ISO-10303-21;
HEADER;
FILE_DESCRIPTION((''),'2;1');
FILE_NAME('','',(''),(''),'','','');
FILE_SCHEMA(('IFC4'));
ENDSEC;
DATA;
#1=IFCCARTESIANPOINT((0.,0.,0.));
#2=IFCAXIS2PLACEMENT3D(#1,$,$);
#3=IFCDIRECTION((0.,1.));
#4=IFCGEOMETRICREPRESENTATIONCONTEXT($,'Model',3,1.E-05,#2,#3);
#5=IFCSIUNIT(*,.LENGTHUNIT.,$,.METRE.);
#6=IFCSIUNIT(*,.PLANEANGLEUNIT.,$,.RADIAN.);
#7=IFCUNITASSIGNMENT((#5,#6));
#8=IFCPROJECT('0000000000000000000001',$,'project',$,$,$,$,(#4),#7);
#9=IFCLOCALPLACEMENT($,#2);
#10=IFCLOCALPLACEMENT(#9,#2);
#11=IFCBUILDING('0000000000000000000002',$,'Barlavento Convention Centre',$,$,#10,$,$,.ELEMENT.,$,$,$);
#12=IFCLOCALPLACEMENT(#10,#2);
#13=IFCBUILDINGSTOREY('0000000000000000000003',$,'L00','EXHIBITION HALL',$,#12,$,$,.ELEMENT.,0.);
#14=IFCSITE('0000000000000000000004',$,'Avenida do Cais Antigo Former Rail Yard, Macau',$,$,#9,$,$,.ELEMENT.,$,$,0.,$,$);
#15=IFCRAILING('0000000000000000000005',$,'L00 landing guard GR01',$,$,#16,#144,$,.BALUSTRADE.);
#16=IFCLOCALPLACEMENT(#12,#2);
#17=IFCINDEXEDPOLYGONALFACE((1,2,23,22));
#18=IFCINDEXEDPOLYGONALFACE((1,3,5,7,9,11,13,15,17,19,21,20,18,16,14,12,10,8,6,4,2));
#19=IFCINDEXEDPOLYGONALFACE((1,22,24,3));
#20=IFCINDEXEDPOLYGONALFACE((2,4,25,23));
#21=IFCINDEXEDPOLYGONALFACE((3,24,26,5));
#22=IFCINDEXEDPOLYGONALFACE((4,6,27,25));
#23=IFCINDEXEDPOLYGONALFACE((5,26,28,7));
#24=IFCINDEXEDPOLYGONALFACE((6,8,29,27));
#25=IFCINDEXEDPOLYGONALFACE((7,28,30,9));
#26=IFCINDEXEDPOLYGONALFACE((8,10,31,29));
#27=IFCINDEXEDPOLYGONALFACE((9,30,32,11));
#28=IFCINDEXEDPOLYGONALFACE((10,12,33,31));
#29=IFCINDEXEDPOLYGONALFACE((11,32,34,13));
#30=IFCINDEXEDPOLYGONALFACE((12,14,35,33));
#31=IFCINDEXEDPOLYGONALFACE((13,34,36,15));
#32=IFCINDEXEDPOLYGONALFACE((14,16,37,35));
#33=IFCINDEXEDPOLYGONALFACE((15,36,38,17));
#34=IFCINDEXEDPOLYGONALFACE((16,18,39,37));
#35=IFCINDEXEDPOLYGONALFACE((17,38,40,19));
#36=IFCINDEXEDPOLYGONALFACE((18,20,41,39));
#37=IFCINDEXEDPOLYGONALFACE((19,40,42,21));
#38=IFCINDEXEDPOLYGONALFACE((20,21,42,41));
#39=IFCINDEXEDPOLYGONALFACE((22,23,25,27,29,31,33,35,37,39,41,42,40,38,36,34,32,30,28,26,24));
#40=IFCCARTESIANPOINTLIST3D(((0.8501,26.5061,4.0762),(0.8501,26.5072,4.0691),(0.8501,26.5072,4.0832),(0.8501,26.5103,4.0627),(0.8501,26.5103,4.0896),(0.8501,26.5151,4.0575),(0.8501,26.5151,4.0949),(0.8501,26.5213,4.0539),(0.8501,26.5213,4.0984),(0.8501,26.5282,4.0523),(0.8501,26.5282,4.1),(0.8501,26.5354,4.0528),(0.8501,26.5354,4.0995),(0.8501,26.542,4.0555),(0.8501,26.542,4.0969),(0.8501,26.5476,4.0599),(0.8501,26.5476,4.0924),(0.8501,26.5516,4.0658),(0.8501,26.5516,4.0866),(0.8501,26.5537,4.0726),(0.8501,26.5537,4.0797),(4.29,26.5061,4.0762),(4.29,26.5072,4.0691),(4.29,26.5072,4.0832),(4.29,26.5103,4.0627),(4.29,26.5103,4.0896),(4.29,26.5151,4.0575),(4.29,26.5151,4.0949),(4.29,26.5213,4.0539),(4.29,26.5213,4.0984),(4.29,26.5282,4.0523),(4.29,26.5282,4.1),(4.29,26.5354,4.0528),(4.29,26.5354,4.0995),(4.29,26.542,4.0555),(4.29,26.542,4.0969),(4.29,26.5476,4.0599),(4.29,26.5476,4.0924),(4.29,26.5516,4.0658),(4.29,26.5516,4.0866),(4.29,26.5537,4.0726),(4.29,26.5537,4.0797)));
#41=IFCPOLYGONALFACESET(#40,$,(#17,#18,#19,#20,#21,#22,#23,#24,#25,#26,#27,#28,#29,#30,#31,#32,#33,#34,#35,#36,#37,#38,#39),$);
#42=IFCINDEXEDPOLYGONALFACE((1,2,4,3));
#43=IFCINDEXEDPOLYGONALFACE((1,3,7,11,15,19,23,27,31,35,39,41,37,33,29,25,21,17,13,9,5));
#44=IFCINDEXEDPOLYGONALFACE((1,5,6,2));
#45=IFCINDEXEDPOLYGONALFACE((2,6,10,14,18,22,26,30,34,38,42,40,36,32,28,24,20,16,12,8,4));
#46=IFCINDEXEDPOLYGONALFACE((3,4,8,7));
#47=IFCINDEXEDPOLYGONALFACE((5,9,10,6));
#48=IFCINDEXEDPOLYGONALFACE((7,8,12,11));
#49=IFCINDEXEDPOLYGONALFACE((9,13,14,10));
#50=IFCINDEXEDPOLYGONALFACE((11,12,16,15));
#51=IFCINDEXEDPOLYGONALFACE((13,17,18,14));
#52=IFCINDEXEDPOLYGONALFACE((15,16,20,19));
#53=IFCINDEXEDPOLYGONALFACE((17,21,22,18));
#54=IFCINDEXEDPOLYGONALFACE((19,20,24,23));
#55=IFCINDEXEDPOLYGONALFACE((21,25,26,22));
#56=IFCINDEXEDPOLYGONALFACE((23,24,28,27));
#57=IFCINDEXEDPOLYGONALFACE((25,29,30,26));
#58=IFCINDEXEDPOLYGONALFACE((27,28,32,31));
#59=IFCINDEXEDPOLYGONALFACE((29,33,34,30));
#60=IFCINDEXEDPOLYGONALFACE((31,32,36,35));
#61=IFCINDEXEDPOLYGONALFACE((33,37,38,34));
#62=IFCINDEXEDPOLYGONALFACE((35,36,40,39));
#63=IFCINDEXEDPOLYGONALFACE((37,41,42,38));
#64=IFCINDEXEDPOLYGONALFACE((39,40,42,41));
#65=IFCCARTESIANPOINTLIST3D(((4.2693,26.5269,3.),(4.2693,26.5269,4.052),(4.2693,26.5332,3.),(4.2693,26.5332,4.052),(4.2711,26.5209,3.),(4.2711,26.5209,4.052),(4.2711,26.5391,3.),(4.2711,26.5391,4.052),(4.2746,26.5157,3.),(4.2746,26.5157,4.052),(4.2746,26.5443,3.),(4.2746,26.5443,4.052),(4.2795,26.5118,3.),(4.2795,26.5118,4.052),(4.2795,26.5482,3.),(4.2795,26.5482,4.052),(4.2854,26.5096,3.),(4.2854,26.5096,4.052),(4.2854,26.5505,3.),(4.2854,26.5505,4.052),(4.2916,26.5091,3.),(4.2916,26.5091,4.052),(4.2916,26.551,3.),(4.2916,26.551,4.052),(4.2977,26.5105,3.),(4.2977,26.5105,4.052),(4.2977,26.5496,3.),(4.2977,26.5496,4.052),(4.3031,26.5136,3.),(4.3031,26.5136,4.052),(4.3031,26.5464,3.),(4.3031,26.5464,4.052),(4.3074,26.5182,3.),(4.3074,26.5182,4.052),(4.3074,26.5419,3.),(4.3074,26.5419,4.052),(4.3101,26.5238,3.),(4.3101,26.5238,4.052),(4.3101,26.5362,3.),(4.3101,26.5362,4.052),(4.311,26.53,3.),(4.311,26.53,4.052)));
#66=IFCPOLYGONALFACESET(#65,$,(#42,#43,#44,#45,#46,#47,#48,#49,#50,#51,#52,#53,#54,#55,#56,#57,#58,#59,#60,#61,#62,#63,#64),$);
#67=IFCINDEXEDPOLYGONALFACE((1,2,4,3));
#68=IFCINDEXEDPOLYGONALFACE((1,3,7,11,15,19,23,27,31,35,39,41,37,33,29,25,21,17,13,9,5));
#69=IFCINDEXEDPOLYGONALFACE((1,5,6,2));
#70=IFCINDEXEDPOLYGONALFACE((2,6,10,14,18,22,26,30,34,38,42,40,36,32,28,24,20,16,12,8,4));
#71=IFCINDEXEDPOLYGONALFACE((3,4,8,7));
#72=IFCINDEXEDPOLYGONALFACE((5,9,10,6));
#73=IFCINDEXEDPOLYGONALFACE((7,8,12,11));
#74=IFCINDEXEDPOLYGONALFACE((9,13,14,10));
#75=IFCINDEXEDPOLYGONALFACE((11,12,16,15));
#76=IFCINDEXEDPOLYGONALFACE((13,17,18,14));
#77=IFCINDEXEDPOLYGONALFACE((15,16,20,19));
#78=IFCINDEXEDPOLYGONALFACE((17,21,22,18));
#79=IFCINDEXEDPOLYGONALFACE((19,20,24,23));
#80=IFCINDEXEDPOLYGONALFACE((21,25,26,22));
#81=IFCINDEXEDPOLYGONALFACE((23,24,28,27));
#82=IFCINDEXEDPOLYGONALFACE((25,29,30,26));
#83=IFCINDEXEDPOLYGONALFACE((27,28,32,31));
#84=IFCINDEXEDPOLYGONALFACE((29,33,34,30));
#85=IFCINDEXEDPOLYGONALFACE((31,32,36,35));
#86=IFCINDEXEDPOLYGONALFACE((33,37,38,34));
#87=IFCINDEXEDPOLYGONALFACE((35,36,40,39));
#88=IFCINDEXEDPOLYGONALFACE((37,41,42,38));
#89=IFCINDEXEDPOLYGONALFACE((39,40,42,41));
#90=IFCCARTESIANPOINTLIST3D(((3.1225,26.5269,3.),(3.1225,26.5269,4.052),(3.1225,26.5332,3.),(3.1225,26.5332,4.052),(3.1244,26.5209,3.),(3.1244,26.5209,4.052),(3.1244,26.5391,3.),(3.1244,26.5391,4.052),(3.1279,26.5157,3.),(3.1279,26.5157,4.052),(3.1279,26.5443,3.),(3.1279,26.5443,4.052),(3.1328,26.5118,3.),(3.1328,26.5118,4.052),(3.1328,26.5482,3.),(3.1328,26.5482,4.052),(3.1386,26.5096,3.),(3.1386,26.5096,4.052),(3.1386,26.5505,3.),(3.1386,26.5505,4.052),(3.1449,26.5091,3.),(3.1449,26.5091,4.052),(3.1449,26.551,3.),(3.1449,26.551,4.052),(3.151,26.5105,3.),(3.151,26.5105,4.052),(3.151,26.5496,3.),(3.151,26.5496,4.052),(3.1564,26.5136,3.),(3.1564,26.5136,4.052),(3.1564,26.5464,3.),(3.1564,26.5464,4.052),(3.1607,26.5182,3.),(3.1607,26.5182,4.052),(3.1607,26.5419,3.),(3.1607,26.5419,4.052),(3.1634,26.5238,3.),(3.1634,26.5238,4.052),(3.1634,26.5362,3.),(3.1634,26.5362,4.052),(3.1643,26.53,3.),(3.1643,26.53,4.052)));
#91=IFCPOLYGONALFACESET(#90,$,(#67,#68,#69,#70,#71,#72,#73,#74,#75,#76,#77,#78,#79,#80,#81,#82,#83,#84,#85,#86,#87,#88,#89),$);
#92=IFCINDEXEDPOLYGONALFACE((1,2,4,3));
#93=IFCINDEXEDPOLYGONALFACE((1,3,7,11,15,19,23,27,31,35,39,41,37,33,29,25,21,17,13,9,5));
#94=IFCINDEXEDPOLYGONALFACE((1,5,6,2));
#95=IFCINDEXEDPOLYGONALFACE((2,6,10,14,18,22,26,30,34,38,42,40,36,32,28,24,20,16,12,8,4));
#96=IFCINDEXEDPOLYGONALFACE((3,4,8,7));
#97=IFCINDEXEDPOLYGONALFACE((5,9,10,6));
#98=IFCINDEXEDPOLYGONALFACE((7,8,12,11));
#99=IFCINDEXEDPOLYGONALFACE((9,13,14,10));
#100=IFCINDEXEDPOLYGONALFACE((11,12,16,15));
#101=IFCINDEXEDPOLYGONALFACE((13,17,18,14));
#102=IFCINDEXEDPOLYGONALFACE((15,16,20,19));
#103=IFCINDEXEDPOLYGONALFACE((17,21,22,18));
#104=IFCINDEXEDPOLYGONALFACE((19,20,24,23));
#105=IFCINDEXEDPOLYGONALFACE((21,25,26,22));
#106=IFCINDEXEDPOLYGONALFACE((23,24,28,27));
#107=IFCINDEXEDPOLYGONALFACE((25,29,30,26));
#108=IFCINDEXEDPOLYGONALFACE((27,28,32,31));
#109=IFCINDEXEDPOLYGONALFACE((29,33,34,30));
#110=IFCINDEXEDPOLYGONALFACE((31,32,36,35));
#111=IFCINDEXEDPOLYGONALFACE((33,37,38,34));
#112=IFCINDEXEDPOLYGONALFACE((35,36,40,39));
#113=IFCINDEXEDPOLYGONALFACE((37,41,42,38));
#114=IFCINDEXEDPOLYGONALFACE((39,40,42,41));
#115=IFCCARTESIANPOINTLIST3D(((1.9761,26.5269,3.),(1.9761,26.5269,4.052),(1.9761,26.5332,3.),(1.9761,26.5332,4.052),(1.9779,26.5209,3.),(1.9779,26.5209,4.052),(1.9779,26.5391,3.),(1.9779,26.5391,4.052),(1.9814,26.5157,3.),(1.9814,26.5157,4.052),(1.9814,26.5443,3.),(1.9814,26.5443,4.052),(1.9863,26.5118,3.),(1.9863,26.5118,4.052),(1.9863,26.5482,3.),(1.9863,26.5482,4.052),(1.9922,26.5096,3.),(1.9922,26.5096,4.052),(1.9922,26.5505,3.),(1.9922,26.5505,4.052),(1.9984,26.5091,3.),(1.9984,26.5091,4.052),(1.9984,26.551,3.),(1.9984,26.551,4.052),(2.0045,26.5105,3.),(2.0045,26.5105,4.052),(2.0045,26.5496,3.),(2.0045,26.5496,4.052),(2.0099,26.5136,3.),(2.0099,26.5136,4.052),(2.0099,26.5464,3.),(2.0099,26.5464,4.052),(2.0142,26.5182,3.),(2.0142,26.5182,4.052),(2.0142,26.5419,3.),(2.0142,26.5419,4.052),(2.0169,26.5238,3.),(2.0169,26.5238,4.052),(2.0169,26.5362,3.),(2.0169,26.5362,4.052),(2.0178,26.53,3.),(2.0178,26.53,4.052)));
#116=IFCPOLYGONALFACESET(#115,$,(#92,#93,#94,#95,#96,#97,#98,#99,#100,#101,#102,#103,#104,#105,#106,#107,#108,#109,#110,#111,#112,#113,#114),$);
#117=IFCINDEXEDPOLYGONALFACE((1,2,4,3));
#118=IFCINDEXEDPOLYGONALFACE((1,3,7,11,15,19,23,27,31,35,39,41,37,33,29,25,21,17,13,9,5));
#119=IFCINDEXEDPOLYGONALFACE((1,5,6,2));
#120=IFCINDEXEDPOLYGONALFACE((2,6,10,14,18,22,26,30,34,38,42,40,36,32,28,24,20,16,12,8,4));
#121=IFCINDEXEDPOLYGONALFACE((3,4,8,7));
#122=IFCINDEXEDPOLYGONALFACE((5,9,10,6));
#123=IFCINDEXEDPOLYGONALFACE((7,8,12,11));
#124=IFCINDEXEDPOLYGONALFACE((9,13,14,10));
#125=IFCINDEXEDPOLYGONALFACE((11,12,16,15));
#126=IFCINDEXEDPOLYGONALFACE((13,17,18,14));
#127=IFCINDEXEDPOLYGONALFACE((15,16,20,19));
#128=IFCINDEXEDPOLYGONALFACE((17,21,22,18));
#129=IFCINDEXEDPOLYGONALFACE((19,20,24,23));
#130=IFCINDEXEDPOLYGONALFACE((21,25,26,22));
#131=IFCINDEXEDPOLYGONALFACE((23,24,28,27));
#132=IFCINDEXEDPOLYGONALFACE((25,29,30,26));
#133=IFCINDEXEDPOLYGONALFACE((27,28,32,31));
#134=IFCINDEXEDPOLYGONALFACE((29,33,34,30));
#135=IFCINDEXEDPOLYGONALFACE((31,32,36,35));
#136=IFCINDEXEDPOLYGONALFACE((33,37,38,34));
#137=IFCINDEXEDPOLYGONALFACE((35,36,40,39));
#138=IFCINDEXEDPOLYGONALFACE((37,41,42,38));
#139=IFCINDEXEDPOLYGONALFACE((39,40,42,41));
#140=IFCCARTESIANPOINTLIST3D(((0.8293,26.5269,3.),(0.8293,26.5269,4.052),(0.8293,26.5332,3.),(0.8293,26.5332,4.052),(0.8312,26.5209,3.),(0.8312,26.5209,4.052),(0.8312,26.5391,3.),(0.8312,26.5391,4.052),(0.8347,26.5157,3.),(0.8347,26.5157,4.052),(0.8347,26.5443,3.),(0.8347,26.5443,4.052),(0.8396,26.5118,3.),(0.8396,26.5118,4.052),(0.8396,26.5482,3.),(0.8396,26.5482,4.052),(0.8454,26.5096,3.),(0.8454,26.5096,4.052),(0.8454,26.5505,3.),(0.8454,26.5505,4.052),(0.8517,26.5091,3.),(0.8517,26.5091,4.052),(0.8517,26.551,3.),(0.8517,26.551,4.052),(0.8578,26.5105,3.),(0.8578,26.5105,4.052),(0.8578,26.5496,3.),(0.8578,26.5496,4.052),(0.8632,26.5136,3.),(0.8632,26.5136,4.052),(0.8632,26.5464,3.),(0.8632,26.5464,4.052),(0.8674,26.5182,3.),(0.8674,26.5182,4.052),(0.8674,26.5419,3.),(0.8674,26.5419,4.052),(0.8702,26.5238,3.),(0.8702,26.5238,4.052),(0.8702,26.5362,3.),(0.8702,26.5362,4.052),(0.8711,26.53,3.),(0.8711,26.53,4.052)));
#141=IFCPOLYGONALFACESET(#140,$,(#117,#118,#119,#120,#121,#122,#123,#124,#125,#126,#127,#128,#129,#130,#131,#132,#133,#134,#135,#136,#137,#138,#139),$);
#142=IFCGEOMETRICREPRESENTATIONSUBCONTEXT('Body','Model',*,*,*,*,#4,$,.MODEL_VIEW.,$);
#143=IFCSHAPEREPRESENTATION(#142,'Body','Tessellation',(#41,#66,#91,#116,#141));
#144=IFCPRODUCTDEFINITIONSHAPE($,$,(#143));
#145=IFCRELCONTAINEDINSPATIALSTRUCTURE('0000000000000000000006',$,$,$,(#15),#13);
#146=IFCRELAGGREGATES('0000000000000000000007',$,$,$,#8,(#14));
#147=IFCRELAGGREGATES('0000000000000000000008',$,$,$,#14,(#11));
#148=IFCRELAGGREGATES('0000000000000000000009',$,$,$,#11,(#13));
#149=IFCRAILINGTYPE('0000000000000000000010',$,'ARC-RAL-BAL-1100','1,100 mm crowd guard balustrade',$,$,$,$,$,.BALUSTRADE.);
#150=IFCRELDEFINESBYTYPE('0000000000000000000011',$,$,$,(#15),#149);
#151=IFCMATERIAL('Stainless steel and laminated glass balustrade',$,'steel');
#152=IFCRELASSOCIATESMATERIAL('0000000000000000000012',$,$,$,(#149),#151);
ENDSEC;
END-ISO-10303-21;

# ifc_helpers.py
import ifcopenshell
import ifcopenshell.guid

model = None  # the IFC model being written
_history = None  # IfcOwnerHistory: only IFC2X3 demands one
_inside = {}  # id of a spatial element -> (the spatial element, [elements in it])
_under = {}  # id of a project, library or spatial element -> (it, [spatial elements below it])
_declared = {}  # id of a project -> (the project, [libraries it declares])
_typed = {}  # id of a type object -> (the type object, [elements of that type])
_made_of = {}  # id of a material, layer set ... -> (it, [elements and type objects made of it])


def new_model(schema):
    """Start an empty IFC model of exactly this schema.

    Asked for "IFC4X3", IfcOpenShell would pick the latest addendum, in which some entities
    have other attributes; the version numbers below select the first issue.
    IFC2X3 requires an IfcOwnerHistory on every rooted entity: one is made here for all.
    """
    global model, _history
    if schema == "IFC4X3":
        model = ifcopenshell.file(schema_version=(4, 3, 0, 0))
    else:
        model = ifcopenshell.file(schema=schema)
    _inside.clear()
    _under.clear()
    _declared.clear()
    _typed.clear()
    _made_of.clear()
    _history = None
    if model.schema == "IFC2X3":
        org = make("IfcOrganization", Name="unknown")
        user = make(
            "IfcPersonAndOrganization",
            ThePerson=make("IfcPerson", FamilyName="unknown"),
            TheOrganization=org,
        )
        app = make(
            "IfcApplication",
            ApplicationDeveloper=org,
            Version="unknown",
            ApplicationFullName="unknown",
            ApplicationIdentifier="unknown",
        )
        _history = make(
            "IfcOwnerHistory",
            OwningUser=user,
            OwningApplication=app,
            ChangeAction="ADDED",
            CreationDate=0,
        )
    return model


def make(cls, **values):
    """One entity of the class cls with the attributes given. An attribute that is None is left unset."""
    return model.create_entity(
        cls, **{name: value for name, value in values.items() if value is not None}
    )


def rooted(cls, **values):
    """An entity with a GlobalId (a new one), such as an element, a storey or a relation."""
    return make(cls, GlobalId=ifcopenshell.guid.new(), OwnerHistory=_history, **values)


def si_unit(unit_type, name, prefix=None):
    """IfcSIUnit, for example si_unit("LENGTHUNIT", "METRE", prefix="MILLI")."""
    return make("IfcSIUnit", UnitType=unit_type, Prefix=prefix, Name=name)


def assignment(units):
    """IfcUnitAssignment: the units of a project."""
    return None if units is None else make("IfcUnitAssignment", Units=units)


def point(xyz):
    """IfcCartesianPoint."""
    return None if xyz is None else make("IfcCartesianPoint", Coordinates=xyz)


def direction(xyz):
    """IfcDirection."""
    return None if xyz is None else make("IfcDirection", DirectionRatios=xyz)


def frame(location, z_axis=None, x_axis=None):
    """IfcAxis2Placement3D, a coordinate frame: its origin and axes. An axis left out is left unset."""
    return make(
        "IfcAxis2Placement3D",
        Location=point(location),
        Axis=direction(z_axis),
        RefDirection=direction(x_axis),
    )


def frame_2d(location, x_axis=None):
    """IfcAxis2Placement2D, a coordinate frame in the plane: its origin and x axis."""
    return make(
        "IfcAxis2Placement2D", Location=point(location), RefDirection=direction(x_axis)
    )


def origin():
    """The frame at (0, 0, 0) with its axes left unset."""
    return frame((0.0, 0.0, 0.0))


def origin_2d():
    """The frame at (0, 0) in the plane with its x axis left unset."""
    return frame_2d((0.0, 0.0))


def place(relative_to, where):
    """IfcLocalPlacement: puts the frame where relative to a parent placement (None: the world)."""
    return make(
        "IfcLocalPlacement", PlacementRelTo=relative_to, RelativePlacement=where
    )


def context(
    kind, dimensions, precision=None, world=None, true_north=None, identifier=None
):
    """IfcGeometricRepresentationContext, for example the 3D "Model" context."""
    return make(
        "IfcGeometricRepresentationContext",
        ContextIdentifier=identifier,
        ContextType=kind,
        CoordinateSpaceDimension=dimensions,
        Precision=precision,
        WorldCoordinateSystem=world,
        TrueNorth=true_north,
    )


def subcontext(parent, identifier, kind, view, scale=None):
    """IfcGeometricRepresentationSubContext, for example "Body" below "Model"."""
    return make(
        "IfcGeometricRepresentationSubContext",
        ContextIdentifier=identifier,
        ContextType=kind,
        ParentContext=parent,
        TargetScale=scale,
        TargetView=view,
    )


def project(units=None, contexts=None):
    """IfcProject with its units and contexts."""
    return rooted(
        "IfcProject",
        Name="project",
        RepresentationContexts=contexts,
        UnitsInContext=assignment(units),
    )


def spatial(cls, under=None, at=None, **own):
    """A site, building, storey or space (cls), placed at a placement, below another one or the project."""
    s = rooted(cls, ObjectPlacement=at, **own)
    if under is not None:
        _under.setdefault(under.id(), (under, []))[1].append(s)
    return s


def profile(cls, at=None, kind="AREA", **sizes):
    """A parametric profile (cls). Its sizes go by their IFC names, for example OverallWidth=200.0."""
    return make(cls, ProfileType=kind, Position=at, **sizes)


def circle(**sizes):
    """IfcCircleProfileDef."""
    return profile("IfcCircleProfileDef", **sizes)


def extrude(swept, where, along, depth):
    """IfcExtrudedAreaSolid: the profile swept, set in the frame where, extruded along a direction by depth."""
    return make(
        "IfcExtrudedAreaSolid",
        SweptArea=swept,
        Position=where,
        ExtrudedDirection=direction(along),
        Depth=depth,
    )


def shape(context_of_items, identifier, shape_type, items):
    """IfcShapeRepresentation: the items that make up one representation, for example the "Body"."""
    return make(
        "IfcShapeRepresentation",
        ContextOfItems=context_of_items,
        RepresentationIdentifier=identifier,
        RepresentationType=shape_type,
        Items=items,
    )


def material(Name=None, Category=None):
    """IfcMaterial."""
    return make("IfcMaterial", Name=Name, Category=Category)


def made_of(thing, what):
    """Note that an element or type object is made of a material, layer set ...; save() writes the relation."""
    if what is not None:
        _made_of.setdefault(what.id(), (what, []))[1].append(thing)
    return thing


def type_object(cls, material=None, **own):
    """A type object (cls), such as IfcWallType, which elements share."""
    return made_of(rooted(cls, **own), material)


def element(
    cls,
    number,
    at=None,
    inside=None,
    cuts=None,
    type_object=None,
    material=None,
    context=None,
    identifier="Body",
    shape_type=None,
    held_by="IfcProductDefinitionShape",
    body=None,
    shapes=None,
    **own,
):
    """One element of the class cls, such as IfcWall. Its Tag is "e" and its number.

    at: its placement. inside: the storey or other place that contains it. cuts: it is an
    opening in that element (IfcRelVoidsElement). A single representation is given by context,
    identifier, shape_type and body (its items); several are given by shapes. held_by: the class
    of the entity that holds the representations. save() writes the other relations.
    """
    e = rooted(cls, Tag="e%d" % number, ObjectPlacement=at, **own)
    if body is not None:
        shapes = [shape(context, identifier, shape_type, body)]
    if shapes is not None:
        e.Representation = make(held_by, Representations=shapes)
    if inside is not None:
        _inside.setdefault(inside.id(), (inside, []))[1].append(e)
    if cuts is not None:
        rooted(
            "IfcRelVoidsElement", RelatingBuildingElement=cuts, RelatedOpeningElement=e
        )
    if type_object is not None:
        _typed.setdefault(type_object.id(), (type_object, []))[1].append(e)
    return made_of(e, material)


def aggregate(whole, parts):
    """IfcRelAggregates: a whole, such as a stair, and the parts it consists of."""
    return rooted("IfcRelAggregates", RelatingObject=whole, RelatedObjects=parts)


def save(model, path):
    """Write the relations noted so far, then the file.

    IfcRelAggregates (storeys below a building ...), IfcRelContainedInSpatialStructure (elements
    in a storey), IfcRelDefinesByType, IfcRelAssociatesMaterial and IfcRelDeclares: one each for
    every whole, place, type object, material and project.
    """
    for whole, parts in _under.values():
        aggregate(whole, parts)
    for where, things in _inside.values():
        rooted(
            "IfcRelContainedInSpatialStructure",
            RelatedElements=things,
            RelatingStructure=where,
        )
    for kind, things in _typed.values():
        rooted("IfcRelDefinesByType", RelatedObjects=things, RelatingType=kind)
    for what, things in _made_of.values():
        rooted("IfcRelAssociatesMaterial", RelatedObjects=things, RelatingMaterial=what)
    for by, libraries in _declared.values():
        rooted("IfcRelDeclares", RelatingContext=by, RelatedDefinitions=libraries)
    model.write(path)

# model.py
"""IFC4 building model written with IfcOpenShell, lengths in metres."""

from ifc_helpers import new_model, si_unit, direction, frame, origin, origin_2d, place, context, subcontext, project, spatial, circle, extrude, material, type_object, element, save


model = new_model("IFC4")

# Units and contexts
model_context = context("Model", 3, precision=1e-05, world=origin(), true_north=direction((0.0, 1.0)))
body_context = subcontext(model_context, "Body", "Model", "MODEL_VIEW")
ifc_project = project(units=[si_unit("LENGTHUNIT", "METRE"), si_unit("PLANEANGLEUNIT", "RADIAN")], contexts=[model_context])

# Site, building, storey
site_placement = place(None, origin())
site = spatial("IfcSite", under=ifc_project, at=site_placement, Name="Avenida do Cais Antigo Former Rail Yard, Macau", CompositionType="ELEMENT", RefElevation=0.0)
building_placement = place(site_placement, origin())
building = spatial("IfcBuilding", under=site, at=building_placement, Name="Barlavento Convention Centre", CompositionType="ELEMENT")
storey_placement = place(building_placement, origin())
storey = spatial("IfcBuildingStorey", under=building, at=storey_placement, Name="L00", Description="EXHIBITION HALL", CompositionType="ELEMENT", Elevation=0.0)

# Railing
ifc_material_1 = material(Name="Stainless steel and laminated glass balustrade", Category="steel")
railing_type = type_object("IfcRailingType", Name="ARC-RAL-BAL-1100", Description="1,100 mm crowd guard balustrade", PredefinedType="BALUSTRADE", material=ifc_material_1)
for number, where, name in (
    (1, (4.29, 26.53, 3.0), "L00 landing guard GR01"),
):
    element("IfcRailing", number, at=place(storey_placement, frame(where)), inside=storey, type_object=railing_type, Name=name, PredefinedType="BALUSTRADE", context=body_context, shape_type="SweptSolid", body=[
        extrude(circle(Radius=0.0239, at=origin_2d()), frame((0.0, 0.0, 1.0762), z_axis=(-1.0, 0.0, 0.0), x_axis=(0.0, -1.0, 0.0)), (0.0, 0.0, 1.0), 3.4399),
        extrude(circle(Radius=0.021, at=origin_2d()), origin(), (0.0, 0.0, 1.0), 1.052),
        extrude(circle(Radius=0.021, at=origin_2d()), frame((-1.1467, 0.0, 0.0)), (0.0, 0.0, 1.0), 1.052),
        extrude(circle(Radius=0.021, at=origin_2d()), frame((-2.2932, 0.0, 0.0)), (0.0, 0.0, 1.0), 1.052),
        extrude(circle(Radius=0.021, at=origin_2d()), frame((-3.4399, 0.0, 0.0)), (0.0, 0.0, 1.0), 1.052),
    ])

save(model, "model.ifc")
